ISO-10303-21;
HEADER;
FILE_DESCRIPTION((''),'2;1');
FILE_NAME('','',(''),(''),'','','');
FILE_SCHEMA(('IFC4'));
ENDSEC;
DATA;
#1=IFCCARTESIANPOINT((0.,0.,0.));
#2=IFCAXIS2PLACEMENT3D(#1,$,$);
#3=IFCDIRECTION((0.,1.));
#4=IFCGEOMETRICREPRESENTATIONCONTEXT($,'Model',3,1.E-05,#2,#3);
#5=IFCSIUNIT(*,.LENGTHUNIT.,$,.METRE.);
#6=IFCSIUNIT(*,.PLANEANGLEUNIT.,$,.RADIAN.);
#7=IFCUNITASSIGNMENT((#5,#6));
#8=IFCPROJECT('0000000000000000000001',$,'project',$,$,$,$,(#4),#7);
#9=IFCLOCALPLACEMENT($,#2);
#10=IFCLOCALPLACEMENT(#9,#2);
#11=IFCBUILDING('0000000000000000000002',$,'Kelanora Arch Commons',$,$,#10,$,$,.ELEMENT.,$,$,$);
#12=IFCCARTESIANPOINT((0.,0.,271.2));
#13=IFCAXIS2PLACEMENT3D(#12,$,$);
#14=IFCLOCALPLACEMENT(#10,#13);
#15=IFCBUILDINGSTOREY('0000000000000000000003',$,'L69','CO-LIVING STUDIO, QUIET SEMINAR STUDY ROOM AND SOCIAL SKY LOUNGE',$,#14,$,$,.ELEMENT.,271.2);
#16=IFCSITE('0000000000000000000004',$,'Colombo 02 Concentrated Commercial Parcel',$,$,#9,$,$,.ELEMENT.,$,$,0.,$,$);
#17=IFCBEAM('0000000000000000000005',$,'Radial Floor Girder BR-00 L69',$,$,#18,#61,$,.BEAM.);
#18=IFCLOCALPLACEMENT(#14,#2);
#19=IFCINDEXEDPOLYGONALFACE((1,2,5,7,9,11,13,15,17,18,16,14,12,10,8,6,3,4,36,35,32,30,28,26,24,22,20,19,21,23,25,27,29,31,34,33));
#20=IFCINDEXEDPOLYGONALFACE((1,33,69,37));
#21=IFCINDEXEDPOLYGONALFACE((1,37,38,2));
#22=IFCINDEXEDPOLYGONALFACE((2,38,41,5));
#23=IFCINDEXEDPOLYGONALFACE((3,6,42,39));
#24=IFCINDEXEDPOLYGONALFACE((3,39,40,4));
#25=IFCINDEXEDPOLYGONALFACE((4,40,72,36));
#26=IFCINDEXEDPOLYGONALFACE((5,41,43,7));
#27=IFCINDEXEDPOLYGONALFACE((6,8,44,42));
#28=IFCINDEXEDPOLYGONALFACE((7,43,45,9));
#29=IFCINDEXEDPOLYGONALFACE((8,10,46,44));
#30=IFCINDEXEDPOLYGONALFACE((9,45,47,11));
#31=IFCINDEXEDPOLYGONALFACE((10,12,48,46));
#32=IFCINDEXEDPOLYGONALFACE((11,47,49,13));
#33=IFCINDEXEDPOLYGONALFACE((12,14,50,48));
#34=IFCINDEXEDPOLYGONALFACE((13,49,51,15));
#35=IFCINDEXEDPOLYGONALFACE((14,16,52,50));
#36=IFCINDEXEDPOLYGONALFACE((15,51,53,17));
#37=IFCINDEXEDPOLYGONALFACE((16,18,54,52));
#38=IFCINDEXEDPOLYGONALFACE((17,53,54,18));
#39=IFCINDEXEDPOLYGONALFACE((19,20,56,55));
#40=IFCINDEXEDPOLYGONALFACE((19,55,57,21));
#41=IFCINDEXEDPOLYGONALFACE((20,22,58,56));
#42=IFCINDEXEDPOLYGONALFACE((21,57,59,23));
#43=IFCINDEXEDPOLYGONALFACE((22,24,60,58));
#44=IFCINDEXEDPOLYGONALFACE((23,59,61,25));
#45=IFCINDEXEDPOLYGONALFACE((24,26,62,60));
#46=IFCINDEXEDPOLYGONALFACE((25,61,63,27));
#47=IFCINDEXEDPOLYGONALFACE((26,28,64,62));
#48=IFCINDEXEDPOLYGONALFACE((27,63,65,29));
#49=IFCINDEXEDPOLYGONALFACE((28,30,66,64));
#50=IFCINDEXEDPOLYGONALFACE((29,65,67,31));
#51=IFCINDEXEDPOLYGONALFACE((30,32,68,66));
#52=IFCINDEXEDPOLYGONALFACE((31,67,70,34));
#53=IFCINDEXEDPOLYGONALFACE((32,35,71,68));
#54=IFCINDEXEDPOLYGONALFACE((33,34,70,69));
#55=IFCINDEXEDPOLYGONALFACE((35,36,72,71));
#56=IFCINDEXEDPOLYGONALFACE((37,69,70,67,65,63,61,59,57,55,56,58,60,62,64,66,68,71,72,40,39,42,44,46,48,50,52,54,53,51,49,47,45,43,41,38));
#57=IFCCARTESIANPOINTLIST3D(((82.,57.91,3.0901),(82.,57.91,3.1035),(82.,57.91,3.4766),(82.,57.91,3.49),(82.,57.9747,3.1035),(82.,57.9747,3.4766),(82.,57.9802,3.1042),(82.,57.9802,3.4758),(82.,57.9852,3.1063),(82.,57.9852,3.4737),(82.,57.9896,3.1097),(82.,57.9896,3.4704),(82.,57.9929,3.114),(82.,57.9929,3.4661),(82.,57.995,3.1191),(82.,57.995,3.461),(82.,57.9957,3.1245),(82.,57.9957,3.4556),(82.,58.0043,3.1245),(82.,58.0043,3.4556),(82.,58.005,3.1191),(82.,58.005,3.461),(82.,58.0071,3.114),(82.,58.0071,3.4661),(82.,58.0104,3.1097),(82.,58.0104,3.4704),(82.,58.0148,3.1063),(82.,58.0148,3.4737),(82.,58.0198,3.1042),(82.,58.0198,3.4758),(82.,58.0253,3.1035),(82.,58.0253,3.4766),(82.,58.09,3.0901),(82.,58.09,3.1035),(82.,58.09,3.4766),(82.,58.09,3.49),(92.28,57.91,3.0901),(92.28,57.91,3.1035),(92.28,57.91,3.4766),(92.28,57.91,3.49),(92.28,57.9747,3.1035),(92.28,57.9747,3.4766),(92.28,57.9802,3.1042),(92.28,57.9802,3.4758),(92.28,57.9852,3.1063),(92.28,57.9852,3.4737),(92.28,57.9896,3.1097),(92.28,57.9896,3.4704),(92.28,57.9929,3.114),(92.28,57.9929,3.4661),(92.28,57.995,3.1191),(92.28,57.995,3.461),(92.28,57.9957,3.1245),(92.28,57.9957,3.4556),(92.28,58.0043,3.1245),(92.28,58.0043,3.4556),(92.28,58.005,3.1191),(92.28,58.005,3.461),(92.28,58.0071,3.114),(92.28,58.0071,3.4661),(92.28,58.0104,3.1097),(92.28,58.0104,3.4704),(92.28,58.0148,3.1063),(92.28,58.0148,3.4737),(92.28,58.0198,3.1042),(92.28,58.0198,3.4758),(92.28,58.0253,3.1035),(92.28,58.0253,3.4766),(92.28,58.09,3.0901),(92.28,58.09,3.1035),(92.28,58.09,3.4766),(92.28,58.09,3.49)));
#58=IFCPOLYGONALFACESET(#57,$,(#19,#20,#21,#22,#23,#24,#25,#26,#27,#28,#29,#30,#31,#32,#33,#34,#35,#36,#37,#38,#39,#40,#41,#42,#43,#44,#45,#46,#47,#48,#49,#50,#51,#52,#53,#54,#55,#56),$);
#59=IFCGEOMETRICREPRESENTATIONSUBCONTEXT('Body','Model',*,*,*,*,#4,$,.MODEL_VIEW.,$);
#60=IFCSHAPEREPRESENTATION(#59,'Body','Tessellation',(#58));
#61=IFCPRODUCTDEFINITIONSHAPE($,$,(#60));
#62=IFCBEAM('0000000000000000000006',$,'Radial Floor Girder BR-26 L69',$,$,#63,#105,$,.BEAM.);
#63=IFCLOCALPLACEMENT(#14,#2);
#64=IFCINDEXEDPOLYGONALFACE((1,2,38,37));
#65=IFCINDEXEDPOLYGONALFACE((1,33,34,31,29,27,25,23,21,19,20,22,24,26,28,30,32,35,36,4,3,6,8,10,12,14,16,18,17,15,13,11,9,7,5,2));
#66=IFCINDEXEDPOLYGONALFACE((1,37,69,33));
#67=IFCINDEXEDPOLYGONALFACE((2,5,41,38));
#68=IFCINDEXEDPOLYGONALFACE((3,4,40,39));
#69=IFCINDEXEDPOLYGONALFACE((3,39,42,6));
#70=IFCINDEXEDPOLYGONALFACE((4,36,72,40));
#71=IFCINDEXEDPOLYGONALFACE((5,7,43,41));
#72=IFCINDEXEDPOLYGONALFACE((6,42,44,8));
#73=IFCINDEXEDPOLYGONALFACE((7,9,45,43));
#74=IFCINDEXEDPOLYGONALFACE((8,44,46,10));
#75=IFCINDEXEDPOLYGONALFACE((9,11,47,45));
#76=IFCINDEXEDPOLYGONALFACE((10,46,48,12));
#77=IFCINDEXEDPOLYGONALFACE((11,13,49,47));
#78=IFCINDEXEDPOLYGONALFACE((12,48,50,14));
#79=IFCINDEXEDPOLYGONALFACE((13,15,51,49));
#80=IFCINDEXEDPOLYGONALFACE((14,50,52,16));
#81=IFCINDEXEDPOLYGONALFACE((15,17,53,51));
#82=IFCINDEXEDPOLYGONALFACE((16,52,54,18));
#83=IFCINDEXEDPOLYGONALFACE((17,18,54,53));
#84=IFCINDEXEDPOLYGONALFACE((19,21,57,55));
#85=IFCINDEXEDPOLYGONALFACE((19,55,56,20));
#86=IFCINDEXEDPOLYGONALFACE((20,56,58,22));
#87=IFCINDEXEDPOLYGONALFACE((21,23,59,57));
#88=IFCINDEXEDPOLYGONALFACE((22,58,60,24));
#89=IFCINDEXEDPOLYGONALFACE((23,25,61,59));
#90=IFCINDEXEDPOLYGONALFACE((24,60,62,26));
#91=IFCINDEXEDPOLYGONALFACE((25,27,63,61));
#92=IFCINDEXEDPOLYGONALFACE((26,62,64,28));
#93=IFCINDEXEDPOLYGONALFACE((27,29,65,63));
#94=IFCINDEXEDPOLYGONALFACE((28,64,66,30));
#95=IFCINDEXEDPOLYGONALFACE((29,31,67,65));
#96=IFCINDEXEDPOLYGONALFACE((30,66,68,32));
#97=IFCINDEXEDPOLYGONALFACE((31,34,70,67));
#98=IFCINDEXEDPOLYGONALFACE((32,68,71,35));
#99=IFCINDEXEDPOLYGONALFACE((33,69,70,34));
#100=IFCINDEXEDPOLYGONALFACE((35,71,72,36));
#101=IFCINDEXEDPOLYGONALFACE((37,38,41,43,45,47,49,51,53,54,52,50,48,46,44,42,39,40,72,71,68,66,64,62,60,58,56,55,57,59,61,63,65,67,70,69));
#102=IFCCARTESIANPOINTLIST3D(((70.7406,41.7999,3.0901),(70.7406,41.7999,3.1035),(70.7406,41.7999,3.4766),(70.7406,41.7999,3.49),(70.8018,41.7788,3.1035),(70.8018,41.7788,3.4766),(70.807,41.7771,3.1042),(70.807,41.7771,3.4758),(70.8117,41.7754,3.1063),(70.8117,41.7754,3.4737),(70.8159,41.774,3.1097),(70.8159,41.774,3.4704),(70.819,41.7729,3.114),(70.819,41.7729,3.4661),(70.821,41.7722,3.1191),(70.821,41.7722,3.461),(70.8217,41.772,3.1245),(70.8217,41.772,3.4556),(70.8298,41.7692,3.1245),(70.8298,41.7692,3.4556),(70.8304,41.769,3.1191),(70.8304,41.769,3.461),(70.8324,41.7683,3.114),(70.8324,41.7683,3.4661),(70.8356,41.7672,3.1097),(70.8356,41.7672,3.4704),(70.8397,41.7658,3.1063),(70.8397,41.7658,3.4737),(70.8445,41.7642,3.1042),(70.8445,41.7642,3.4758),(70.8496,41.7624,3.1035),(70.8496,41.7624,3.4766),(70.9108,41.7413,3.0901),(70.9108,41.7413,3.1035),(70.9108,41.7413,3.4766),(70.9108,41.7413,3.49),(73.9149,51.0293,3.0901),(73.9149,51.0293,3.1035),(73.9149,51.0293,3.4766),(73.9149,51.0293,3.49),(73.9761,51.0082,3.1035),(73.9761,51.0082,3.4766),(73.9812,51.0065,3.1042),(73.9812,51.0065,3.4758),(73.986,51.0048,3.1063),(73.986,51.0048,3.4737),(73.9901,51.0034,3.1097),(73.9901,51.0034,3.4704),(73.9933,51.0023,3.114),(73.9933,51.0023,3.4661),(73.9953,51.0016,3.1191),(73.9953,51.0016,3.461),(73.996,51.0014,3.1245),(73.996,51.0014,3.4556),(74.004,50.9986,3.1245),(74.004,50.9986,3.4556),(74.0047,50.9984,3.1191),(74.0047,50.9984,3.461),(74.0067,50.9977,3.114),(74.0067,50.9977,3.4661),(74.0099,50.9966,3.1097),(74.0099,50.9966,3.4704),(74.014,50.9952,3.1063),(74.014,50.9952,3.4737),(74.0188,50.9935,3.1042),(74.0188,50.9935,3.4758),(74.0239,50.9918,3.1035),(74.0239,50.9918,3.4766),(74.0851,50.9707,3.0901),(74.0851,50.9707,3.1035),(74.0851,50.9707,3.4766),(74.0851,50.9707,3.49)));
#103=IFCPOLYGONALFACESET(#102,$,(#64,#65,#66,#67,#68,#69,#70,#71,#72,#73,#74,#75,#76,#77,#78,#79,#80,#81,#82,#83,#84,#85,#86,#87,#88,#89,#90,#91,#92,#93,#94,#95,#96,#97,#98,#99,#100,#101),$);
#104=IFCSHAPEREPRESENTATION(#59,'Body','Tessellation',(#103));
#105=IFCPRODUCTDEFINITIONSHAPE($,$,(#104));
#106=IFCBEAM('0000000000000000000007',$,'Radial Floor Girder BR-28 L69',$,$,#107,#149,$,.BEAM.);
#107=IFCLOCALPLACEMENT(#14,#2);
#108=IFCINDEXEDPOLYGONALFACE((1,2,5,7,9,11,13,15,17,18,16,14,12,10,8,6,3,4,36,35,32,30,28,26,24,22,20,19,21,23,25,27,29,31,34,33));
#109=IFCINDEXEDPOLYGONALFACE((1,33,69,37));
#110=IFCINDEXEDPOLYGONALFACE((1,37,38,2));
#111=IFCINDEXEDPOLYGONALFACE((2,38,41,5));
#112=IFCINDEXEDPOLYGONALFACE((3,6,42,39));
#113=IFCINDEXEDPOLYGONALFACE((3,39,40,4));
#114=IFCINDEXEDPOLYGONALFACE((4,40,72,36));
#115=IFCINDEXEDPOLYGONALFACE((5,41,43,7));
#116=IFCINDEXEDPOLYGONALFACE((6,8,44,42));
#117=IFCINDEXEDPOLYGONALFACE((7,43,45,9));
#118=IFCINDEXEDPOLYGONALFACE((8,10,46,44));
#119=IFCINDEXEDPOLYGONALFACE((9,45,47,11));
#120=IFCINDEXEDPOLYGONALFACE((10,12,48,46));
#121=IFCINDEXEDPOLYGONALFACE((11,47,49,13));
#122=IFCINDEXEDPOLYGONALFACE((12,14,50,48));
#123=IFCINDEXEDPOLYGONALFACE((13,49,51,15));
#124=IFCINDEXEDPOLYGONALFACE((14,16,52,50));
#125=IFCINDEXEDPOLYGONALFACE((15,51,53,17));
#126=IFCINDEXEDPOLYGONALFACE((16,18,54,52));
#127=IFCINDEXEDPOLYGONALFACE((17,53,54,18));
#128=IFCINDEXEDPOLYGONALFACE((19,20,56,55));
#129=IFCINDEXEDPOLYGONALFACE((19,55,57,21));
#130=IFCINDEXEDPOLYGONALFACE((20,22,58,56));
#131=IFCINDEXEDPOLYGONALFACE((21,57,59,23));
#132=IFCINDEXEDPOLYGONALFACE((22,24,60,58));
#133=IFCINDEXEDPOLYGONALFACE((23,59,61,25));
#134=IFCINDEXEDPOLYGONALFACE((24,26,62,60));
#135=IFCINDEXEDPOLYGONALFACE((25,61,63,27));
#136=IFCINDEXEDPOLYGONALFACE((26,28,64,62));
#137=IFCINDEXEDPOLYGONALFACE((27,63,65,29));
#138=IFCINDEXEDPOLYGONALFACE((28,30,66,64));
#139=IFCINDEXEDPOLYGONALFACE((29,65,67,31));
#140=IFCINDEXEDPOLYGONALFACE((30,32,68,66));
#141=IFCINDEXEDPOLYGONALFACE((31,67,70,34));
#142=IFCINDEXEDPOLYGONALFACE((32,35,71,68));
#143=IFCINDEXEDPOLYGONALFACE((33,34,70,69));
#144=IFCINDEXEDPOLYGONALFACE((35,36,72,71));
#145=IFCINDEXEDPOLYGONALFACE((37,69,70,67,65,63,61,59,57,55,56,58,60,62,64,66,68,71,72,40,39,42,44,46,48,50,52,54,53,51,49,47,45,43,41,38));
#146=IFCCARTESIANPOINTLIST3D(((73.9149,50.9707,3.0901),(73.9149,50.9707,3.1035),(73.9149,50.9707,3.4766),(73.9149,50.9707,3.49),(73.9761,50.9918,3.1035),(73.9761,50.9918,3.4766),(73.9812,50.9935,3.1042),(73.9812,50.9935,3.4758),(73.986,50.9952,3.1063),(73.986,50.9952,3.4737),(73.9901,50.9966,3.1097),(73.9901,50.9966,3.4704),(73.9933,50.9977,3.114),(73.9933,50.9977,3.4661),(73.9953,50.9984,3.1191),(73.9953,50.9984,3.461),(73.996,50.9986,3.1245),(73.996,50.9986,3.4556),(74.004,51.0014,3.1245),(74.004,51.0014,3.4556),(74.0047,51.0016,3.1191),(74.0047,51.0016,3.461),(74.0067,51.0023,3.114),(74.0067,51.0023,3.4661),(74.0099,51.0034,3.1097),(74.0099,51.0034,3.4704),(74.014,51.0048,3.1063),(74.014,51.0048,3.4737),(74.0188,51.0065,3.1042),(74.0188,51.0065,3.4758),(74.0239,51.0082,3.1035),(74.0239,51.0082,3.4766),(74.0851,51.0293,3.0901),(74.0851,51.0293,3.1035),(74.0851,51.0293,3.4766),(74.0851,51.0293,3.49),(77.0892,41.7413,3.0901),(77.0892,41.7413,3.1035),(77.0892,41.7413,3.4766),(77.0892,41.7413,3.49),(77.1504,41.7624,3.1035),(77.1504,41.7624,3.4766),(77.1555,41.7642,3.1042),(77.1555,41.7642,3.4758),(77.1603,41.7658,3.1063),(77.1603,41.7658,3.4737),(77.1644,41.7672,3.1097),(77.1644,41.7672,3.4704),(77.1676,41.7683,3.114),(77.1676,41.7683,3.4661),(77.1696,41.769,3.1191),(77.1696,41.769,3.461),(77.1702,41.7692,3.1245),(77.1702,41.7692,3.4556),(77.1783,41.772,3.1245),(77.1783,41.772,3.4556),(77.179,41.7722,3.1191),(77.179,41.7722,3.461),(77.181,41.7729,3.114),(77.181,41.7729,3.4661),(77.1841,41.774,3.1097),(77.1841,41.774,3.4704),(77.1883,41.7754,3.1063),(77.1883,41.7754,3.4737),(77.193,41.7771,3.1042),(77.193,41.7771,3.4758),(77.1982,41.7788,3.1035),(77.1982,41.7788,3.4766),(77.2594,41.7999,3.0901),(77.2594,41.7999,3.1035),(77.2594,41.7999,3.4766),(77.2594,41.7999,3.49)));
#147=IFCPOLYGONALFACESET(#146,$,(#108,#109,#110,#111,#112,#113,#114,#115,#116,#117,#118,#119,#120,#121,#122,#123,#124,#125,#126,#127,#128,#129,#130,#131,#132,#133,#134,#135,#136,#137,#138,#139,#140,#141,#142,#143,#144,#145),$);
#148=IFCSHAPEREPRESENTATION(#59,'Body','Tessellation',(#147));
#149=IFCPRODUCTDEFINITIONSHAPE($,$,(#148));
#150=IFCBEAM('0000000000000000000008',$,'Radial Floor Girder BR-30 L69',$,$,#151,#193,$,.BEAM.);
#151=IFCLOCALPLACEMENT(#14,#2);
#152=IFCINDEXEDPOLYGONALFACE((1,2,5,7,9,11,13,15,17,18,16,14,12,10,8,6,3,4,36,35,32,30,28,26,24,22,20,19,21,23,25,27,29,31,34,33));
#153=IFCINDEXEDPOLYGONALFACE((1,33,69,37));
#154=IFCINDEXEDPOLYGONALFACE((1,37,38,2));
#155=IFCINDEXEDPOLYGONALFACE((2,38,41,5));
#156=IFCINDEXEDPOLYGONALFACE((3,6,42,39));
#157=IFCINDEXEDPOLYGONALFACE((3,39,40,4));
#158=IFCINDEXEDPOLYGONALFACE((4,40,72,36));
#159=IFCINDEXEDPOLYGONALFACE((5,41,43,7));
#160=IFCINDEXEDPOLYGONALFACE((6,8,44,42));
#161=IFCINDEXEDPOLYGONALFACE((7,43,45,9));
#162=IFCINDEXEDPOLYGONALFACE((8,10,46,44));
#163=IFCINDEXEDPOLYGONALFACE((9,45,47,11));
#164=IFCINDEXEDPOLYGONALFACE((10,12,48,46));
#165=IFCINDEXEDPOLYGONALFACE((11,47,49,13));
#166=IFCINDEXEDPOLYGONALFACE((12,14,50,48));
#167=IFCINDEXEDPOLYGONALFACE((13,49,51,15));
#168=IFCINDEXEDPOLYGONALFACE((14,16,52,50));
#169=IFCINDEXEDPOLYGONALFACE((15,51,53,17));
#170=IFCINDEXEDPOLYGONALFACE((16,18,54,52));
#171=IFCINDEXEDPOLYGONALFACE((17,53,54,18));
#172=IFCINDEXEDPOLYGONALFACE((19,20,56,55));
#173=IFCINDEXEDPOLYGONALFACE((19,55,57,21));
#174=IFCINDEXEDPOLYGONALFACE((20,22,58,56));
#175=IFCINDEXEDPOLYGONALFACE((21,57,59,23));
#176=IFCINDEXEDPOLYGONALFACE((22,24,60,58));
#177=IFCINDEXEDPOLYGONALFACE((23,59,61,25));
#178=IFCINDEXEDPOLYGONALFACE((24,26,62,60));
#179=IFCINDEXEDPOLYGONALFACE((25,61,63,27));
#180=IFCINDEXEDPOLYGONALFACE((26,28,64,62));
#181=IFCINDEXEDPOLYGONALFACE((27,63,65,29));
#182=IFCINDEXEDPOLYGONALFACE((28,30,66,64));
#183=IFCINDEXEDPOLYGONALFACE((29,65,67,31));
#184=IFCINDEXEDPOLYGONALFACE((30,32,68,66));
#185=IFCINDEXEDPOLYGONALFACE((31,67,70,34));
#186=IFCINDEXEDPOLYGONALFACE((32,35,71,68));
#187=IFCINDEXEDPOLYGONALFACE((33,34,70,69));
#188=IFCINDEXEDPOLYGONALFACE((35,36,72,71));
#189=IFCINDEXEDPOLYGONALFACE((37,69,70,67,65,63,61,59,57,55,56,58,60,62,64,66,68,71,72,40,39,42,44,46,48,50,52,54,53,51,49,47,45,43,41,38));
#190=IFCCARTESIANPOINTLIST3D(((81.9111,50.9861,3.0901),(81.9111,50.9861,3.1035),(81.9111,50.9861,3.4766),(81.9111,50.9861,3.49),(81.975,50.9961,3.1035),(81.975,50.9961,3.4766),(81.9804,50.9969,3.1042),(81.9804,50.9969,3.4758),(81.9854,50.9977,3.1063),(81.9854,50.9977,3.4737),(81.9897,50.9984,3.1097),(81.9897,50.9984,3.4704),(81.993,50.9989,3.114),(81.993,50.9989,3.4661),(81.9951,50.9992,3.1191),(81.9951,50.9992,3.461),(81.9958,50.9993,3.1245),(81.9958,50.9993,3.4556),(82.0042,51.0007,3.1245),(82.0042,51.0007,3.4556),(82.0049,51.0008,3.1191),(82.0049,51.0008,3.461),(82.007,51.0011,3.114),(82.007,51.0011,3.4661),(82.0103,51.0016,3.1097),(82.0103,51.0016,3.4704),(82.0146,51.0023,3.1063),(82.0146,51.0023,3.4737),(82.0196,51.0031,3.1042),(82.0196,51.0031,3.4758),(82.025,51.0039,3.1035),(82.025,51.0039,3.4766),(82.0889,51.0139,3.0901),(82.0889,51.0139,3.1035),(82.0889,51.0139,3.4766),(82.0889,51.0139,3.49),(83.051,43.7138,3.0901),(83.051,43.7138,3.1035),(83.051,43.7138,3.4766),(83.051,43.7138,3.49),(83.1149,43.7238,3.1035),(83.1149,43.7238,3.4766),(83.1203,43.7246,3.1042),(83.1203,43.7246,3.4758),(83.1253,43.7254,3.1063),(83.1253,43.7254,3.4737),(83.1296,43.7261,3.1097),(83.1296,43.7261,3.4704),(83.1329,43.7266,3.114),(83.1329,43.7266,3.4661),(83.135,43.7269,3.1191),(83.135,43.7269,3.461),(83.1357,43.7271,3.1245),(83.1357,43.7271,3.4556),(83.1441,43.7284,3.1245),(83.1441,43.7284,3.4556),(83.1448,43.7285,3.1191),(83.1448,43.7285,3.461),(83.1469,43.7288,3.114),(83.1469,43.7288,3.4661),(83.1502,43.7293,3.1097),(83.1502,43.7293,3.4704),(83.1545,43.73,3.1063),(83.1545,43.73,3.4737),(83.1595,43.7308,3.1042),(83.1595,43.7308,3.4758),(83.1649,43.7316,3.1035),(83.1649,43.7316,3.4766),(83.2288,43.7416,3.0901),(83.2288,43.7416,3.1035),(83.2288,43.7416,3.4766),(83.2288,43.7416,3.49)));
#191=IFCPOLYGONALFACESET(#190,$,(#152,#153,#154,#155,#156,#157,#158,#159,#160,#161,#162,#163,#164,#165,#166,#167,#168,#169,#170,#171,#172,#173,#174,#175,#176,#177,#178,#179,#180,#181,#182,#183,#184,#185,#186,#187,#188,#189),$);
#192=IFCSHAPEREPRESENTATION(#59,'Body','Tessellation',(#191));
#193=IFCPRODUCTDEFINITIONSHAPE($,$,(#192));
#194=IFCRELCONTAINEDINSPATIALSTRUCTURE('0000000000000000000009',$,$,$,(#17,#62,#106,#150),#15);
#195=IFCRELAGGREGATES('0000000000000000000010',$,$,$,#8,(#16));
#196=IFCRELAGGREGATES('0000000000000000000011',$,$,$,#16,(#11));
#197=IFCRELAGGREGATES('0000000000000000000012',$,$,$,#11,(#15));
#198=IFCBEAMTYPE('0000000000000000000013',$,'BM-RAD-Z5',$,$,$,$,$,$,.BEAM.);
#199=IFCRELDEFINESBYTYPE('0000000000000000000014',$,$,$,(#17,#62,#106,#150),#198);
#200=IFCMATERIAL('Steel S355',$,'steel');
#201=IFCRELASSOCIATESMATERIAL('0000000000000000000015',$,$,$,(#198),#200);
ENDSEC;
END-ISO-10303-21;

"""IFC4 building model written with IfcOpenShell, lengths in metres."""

from ifc_helpers import new_model, si_unit, direction, frame, origin, origin_2d, place, context, subcontext, project, spatial, i_section, extrude, material, material_profile, profile_set, type_object, element, save


model = new_model("IFC4")

# Units and contexts
model_context = context("Model", 3, precision=1e-05, world=origin(), true_north=direction((0.0, 1.0)))
body_context = subcontext(model_context, "Body", "Model", "MODEL_VIEW")
ifc_project = project(units=[si_unit("LENGTHUNIT", "METRE"), si_unit("PLANEANGLEUNIT", "RADIAN")], contexts=[model_context])

# Site, building, storey
site_placement = place(None, origin())
site = spatial("IfcSite", under=ifc_project, at=site_placement, Name="Colombo 02 Concentrated Commercial Parcel", CompositionType="ELEMENT", RefElevation=0.0)
building_placement = place(site_placement, origin())
building = spatial("IfcBuilding", under=site, at=building_placement, Name="Kelanora Arch Commons", CompositionType="ELEMENT")
storey_placement = place(building_placement, frame((0.0, 0.0, 271.2)))
storey = spatial("IfcBuildingStorey", under=building, at=storey_placement, Name="L69", Description="CO-LIVING STUDIO, QUIET SEMINAR STUDY ROOM AND SOCIAL SKY LOUNGE", CompositionType="ELEMENT", Elevation=271.2)

# Beams
ifc_material_1 = material(Name="Steel S355", Category="steel")
ifc_material_profile_1 = material_profile(ifc_material_1, i_section(OverallWidth=0.1799, OverallDepth=0.3999, WebThickness=0.0085, FlangeThickness=0.0134, FilletRadius=0.021, at=origin_2d()), Name="IPE400")
ifc_profile_set_1 = profile_set([ifc_material_profile_1], Name="Steel S355")
beam_type_1 = type_object("IfcBeamType", Name="BM-RAD-Z5", PredefinedType="BEAM", material=ifc_profile_set_1)
beam_1_placement = place(storey_placement, frame((82.0, 58.0, 3.29), z_axis=(1.0, 0.0, 0.0), x_axis=(0.0, 1.0, 0.0)))
element("IfcBeam", 1, at=beam_1_placement, inside=storey, type_object=beam_type_1, Name="Radial Floor Girder BR-00 L69", PredefinedType="BEAM", context=body_context, shape_type="SweptSolid", body=[
    extrude(i_section(OverallWidth=0.1799, OverallDepth=0.3999, WebThickness=0.0085, FlangeThickness=0.0134, FilletRadius=0.021, at=origin_2d()), origin(), (0.0, 0.0, 1.0), 10.28),
])
for number, where, z_axis, x_axis, name in (
    (2, (74.0, 51.0, 3.29), (-0.325234, -0.945634, 0.0), (0.945634, -0.325234, 0.0), "Radial Floor Girder BR-26 L69"),
    (3, (74.0, 51.0, 3.29), (0.325234, -0.945634, 0.0), (0.945634, 0.325234, 0.0), "Radial Floor Girder BR-28 L69"),
):
    element("IfcBeam", number, at=place(storey_placement, frame(where, z_axis=z_axis, x_axis=x_axis)), inside=storey, type_object=beam_type_1, Name=name, PredefinedType="BEAM", context=body_context, shape_type="SweptSolid", body=[
        extrude(i_section(OverallWidth=0.1799, OverallDepth=0.3999, WebThickness=0.0085, FlangeThickness=0.0134, FilletRadius=0.021, at=origin_2d()), origin(), (0.0, 0.0, 1.0), 9.76),
    ])
beam_2_placement = place(storey_placement, frame((82.0, 51.0, 3.29), z_axis=(0.154855, -0.987937, 0.0), x_axis=(0.987937, 0.154855, 0.0)))
element("IfcBeam", 4, at=beam_2_placement, inside=storey, type_object=beam_type_1, Name="Radial Floor Girder BR-30 L69", PredefinedType="BEAM", context=body_context, shape_type="SweptSolid", body=[
    extrude(i_section(OverallWidth=0.1799, OverallDepth=0.3999, WebThickness=0.0085, FlangeThickness=0.0134, FilletRadius=0.021, at=origin_2d()), origin(), (0.0, 0.0, 1.0), 7.3611),
])

save(model, "model.ifc")
